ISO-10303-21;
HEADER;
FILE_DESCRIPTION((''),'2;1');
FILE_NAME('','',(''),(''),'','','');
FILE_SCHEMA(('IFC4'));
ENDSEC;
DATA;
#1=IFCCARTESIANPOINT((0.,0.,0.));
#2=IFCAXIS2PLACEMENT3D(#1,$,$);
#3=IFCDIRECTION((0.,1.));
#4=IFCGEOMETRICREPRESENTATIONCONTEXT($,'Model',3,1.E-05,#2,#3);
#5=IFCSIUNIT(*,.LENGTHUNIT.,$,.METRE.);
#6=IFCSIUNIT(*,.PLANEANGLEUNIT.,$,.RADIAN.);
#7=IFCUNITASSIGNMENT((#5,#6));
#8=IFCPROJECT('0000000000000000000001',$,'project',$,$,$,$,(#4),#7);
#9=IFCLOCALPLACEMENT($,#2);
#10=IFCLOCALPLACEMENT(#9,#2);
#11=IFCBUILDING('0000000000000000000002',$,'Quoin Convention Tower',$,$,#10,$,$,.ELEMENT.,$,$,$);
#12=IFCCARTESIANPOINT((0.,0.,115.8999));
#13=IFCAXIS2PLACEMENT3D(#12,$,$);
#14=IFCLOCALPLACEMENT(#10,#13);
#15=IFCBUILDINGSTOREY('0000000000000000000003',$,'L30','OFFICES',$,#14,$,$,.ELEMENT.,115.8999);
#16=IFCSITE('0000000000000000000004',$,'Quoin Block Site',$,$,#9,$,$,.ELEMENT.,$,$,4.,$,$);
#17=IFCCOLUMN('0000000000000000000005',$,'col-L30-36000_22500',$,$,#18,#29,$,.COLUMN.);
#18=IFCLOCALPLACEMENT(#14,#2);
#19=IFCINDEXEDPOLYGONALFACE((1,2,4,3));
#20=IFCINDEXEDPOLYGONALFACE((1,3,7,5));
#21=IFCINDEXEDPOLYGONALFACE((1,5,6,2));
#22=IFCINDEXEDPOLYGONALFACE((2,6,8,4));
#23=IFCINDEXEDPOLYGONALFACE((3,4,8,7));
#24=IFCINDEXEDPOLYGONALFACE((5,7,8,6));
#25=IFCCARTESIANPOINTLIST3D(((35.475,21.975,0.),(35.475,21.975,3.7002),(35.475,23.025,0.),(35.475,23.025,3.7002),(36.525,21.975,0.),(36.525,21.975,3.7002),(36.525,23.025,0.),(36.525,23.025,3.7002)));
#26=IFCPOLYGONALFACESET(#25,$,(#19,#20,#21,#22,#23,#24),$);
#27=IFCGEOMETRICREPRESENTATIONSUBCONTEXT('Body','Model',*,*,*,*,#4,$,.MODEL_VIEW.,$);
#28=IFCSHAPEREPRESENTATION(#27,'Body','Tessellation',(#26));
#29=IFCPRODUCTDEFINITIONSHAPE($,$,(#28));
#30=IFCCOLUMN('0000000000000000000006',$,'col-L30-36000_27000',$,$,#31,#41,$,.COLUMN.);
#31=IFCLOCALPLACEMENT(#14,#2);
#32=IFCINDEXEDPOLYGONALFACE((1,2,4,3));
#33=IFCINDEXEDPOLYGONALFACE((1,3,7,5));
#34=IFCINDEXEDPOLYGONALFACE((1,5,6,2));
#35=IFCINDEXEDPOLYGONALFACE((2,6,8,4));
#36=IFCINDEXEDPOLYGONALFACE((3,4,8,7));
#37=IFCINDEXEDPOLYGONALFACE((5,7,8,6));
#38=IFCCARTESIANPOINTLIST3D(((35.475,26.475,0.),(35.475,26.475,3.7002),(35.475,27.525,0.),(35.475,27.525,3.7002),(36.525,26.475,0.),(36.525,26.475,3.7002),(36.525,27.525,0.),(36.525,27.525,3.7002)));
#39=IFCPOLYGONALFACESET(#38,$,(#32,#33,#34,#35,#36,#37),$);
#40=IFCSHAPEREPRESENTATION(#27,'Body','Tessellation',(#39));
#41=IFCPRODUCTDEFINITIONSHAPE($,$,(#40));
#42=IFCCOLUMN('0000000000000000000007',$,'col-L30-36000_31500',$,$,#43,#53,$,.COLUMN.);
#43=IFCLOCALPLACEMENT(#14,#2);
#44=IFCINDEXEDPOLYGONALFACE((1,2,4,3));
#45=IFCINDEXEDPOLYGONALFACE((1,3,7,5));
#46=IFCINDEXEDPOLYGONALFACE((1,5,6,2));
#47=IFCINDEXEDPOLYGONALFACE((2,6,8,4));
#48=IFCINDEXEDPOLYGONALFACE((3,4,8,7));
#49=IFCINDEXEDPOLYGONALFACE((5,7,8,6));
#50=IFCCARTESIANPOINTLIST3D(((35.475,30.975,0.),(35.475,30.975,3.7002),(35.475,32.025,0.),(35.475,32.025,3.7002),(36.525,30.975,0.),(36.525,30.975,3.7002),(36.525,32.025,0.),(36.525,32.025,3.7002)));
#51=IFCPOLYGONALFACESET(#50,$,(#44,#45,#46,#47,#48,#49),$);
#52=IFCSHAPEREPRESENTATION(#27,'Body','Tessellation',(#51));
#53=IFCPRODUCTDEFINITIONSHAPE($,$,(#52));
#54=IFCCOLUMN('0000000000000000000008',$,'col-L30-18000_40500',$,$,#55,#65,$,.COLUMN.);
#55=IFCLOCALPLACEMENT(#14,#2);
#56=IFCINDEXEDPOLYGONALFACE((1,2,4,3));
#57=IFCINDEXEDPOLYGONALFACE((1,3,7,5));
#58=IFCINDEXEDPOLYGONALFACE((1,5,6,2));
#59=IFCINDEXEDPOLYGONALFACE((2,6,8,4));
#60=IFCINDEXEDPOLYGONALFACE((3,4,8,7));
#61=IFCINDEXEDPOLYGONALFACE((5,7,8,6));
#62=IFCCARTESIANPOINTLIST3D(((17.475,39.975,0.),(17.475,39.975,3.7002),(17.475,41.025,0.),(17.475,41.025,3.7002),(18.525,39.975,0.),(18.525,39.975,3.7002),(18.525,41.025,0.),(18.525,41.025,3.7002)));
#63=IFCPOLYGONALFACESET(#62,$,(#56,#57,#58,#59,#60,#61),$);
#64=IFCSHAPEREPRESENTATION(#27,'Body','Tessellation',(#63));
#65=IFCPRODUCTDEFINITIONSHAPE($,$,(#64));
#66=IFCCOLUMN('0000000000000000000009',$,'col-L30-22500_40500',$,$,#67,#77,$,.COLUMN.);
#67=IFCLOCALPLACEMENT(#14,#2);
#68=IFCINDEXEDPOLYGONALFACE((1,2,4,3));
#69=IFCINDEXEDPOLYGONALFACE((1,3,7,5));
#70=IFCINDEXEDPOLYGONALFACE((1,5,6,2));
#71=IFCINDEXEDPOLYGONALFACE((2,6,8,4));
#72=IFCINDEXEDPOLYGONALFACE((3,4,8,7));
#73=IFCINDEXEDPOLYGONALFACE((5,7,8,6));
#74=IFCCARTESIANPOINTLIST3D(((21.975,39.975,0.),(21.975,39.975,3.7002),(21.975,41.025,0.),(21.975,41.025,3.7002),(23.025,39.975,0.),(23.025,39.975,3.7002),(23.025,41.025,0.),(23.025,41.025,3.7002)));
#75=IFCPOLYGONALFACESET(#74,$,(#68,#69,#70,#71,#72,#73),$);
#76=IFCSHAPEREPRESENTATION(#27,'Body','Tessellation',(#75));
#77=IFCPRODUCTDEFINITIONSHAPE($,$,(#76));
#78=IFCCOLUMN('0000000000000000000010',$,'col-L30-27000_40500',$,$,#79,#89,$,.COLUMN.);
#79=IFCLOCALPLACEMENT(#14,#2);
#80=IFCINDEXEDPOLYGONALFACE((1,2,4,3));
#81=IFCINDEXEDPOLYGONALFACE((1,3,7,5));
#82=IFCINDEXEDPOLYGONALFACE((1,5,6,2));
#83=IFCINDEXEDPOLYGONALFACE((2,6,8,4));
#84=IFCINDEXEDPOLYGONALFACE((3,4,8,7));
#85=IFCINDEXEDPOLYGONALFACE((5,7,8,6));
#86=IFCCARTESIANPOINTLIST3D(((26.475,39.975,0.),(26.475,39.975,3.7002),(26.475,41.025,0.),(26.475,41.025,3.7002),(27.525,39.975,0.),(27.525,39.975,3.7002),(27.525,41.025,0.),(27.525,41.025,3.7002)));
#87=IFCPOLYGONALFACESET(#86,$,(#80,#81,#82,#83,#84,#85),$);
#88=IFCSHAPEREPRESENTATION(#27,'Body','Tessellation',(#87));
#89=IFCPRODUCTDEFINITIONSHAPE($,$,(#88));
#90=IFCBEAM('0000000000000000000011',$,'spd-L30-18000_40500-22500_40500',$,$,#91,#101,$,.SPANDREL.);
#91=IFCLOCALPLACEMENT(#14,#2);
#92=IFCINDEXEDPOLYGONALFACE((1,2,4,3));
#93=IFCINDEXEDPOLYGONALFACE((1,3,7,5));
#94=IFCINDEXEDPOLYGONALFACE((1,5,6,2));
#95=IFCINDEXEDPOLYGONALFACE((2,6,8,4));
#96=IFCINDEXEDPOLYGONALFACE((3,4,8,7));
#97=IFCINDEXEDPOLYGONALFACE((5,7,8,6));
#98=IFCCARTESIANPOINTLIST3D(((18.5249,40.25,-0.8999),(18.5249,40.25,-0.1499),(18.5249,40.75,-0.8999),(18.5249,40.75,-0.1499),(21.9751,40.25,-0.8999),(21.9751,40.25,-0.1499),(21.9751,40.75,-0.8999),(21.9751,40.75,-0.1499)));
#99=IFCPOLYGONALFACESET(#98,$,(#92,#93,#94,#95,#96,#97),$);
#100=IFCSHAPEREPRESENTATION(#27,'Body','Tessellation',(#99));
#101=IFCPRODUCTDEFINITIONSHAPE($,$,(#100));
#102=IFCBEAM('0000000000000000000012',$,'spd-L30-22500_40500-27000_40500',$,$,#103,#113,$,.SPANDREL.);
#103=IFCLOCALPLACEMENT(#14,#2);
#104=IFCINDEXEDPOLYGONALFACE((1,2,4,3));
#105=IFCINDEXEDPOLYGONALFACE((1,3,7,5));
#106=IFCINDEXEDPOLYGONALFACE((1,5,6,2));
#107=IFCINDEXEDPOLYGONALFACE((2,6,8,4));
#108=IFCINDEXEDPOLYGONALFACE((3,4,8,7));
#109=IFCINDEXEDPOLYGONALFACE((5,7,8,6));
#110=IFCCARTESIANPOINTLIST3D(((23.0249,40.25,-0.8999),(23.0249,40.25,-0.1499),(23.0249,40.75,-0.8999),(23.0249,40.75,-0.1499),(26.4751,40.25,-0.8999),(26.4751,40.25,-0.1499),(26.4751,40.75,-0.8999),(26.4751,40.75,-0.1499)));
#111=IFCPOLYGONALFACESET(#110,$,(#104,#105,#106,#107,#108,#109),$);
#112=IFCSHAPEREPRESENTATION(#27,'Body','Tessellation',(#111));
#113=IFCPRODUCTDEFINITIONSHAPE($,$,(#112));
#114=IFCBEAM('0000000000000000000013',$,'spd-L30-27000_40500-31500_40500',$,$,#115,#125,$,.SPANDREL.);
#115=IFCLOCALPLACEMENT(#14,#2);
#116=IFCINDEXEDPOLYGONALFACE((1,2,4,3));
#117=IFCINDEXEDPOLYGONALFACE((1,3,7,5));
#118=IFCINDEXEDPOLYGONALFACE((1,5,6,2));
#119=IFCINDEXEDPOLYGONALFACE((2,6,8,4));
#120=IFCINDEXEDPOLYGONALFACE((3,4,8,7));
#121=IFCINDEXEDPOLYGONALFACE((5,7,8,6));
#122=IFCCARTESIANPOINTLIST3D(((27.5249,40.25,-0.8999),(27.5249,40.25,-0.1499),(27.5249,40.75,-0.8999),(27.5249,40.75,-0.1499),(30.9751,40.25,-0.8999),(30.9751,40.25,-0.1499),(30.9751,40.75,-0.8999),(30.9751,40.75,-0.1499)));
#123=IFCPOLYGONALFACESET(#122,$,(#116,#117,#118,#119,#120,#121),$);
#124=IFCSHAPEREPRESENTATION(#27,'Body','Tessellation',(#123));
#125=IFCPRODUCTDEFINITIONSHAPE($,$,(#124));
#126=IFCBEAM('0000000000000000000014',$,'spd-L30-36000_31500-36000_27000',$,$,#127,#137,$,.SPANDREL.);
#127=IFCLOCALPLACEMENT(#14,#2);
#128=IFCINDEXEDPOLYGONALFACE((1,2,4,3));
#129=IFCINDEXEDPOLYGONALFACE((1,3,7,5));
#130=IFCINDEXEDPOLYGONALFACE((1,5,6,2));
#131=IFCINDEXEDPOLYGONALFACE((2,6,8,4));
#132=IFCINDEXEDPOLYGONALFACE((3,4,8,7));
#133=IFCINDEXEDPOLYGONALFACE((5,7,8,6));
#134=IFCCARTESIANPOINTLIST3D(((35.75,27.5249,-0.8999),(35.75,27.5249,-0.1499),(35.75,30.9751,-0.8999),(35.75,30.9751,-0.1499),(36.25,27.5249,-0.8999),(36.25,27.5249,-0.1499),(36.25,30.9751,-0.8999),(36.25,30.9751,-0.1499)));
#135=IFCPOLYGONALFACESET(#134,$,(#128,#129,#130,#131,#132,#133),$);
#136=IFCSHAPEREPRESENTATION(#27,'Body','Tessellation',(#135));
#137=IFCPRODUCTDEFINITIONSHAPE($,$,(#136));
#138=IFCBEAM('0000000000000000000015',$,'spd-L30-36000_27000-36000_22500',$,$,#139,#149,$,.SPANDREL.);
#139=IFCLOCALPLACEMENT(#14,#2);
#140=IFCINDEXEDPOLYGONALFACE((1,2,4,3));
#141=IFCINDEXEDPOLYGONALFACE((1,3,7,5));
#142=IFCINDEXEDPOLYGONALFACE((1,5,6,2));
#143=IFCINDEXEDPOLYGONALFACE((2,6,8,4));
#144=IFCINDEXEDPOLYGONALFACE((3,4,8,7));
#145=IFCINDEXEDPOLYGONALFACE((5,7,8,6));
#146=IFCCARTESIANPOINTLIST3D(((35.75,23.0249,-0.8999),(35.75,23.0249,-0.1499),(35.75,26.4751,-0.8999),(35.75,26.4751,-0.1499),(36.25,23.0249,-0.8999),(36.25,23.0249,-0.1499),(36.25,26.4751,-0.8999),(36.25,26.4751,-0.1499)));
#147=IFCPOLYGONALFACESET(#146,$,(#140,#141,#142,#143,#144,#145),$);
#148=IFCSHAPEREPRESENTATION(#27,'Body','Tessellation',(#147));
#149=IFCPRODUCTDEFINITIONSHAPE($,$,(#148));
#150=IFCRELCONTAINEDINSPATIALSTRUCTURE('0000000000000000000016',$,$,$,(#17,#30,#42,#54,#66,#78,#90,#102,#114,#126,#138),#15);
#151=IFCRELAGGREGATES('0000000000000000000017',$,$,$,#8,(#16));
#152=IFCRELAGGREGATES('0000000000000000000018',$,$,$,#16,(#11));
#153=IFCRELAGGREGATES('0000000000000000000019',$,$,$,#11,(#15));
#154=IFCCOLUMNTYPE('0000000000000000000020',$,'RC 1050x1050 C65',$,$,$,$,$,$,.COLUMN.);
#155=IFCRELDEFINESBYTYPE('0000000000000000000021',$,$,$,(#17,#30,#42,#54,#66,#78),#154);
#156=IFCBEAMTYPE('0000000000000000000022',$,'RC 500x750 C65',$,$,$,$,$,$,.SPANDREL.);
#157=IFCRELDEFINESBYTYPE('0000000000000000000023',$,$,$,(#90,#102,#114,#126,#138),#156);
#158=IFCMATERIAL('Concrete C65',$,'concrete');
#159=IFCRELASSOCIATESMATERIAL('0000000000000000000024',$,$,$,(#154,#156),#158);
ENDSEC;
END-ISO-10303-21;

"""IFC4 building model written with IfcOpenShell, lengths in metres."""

from ifc_helpers import new_model, si_unit, direction, frame, origin, origin_2d, place, context, subcontext, project, spatial, rectangle, extrude, material, material_profile, profile_set, type_object, element, save


model = new_model("IFC4")

# Units and contexts
model_context = context("Model", 3, precision=1e-05, world=origin(), true_north=direction((0.0, 1.0)))
body_context = subcontext(model_context, "Body", "Model", "MODEL_VIEW")
ifc_project = project(units=[si_unit("LENGTHUNIT", "METRE"), si_unit("PLANEANGLEUNIT", "RADIAN")], contexts=[model_context])

# Site, building, storey
site_placement = place(None, origin())
site = spatial("IfcSite", under=ifc_project, at=site_placement, Name="Quoin Block Site", CompositionType="ELEMENT", RefElevation=4.0)
building_placement = place(site_placement, origin())
building = spatial("IfcBuilding", under=site, at=building_placement, Name="Quoin Convention Tower", CompositionType="ELEMENT")
storey_placement = place(building_placement, frame((0.0, 0.0, 115.8999)))
storey = spatial("IfcBuildingStorey", under=building, at=storey_placement, Name="L30", Description="OFFICES", CompositionType="ELEMENT", Elevation=115.8999)

# Columns
ifc_material_1 = material(Name="Concrete C65", Category="concrete")
ifc_material_profile_1 = material_profile(ifc_material_1, rectangle(XDim=1.05, YDim=1.05, at=origin_2d()), Name="RC 1050x1050")
ifc_profile_set_1 = profile_set([ifc_material_profile_1], Name="Concrete C65")
column_type = type_object("IfcColumnType", Name="RC 1050x1050 C65", PredefinedType="COLUMN", material=ifc_profile_set_1)
for number, where, z_axis, x_axis, name in (
    (1, (36.0, 22.5, 0.0), (0.0, 0.0, 1.0), (1.0, 0.0, 0.0), "col-L30-36000_22500"),
    (2, (36.0, 27.0, 0.0), (0.0, 0.0, 1.0), (1.0, 0.0, 0.0), "col-L30-36000_27000"),
    (3, (36.0, 31.5, 0.0), (0.0, 0.0, 1.0), (1.0, 0.0, 0.0), "col-L30-36000_31500"),
    (4, (18.0, 40.5, 0.0), (0.0, 0.0, 1.0), (1.0, 0.0, 0.0), "col-L30-18000_40500"),
    (5, (22.5, 40.5, 0.0), (0.0, 0.0, 1.0), (1.0, 0.0, 0.0), "col-L30-22500_40500"),
    (6, (27.0, 40.5, 0.0), (0.0, 0.0, 1.0), (1.0, 0.0, 0.0), "col-L30-27000_40500"),
):
    element("IfcColumn", number, at=place(storey_placement, frame(where, z_axis=z_axis, x_axis=x_axis)), inside=storey, type_object=column_type, Name=name, PredefinedType="COLUMN", context=body_context, shape_type="SweptSolid", body=[
        extrude(rectangle(XDim=1.05, YDim=1.05, at=origin_2d()), origin(), (0.0, 0.0, 1.0), 3.7002),
    ])

# Beams
ifc_material_profile_2 = material_profile(ifc_material_1, rectangle(XDim=0.5, YDim=0.75, at=origin_2d()), Name="RC 500x750")
ifc_profile_set_2 = profile_set([ifc_material_profile_2], Name="Concrete C65")
beam_type = type_object("IfcBeamType", Name="RC 500x750 C65", PredefinedType="SPANDREL", material=ifc_profile_set_2)
for number, where, z_axis, x_axis, name in (
    (7, (18.5249, 40.5, -0.5249), (1.0, 0.0, 0.0), (0.0, 1.0, 0.0), "spd-L30-18000_40500-22500_40500"),
    (8, (23.0249, 40.5, -0.5249), (1.0, 0.0, 0.0), (0.0, 1.0, 0.0), "spd-L30-22500_40500-27000_40500"),
    (9, (27.5249, 40.5, -0.5249), (1.0, 0.0, 0.0), (0.0, 1.0, 0.0), "spd-L30-27000_40500-31500_40500"),
    (10, (36.0, 30.9751, -0.5249), (0.0, -1.0, 0.0), (1.0, 0.0, 0.0), "spd-L30-36000_31500-36000_27000"),
    (11, (36.0, 26.4751, -0.5249), (0.0, -1.0, 0.0), (1.0, 0.0, 0.0), "spd-L30-36000_27000-36000_22500"),
):
    element("IfcBeam", number, at=place(storey_placement, frame(where, z_axis=z_axis, x_axis=x_axis)), inside=storey, type_object=beam_type, Name=name, PredefinedType="SPANDREL", context=body_context, shape_type="SweptSolid", body=[
        extrude(rectangle(XDim=0.5, YDim=0.75, at=origin_2d()), origin(), (0.0, 0.0, 1.0), 3.4502),
    ])

save(model, "model.ifc")
